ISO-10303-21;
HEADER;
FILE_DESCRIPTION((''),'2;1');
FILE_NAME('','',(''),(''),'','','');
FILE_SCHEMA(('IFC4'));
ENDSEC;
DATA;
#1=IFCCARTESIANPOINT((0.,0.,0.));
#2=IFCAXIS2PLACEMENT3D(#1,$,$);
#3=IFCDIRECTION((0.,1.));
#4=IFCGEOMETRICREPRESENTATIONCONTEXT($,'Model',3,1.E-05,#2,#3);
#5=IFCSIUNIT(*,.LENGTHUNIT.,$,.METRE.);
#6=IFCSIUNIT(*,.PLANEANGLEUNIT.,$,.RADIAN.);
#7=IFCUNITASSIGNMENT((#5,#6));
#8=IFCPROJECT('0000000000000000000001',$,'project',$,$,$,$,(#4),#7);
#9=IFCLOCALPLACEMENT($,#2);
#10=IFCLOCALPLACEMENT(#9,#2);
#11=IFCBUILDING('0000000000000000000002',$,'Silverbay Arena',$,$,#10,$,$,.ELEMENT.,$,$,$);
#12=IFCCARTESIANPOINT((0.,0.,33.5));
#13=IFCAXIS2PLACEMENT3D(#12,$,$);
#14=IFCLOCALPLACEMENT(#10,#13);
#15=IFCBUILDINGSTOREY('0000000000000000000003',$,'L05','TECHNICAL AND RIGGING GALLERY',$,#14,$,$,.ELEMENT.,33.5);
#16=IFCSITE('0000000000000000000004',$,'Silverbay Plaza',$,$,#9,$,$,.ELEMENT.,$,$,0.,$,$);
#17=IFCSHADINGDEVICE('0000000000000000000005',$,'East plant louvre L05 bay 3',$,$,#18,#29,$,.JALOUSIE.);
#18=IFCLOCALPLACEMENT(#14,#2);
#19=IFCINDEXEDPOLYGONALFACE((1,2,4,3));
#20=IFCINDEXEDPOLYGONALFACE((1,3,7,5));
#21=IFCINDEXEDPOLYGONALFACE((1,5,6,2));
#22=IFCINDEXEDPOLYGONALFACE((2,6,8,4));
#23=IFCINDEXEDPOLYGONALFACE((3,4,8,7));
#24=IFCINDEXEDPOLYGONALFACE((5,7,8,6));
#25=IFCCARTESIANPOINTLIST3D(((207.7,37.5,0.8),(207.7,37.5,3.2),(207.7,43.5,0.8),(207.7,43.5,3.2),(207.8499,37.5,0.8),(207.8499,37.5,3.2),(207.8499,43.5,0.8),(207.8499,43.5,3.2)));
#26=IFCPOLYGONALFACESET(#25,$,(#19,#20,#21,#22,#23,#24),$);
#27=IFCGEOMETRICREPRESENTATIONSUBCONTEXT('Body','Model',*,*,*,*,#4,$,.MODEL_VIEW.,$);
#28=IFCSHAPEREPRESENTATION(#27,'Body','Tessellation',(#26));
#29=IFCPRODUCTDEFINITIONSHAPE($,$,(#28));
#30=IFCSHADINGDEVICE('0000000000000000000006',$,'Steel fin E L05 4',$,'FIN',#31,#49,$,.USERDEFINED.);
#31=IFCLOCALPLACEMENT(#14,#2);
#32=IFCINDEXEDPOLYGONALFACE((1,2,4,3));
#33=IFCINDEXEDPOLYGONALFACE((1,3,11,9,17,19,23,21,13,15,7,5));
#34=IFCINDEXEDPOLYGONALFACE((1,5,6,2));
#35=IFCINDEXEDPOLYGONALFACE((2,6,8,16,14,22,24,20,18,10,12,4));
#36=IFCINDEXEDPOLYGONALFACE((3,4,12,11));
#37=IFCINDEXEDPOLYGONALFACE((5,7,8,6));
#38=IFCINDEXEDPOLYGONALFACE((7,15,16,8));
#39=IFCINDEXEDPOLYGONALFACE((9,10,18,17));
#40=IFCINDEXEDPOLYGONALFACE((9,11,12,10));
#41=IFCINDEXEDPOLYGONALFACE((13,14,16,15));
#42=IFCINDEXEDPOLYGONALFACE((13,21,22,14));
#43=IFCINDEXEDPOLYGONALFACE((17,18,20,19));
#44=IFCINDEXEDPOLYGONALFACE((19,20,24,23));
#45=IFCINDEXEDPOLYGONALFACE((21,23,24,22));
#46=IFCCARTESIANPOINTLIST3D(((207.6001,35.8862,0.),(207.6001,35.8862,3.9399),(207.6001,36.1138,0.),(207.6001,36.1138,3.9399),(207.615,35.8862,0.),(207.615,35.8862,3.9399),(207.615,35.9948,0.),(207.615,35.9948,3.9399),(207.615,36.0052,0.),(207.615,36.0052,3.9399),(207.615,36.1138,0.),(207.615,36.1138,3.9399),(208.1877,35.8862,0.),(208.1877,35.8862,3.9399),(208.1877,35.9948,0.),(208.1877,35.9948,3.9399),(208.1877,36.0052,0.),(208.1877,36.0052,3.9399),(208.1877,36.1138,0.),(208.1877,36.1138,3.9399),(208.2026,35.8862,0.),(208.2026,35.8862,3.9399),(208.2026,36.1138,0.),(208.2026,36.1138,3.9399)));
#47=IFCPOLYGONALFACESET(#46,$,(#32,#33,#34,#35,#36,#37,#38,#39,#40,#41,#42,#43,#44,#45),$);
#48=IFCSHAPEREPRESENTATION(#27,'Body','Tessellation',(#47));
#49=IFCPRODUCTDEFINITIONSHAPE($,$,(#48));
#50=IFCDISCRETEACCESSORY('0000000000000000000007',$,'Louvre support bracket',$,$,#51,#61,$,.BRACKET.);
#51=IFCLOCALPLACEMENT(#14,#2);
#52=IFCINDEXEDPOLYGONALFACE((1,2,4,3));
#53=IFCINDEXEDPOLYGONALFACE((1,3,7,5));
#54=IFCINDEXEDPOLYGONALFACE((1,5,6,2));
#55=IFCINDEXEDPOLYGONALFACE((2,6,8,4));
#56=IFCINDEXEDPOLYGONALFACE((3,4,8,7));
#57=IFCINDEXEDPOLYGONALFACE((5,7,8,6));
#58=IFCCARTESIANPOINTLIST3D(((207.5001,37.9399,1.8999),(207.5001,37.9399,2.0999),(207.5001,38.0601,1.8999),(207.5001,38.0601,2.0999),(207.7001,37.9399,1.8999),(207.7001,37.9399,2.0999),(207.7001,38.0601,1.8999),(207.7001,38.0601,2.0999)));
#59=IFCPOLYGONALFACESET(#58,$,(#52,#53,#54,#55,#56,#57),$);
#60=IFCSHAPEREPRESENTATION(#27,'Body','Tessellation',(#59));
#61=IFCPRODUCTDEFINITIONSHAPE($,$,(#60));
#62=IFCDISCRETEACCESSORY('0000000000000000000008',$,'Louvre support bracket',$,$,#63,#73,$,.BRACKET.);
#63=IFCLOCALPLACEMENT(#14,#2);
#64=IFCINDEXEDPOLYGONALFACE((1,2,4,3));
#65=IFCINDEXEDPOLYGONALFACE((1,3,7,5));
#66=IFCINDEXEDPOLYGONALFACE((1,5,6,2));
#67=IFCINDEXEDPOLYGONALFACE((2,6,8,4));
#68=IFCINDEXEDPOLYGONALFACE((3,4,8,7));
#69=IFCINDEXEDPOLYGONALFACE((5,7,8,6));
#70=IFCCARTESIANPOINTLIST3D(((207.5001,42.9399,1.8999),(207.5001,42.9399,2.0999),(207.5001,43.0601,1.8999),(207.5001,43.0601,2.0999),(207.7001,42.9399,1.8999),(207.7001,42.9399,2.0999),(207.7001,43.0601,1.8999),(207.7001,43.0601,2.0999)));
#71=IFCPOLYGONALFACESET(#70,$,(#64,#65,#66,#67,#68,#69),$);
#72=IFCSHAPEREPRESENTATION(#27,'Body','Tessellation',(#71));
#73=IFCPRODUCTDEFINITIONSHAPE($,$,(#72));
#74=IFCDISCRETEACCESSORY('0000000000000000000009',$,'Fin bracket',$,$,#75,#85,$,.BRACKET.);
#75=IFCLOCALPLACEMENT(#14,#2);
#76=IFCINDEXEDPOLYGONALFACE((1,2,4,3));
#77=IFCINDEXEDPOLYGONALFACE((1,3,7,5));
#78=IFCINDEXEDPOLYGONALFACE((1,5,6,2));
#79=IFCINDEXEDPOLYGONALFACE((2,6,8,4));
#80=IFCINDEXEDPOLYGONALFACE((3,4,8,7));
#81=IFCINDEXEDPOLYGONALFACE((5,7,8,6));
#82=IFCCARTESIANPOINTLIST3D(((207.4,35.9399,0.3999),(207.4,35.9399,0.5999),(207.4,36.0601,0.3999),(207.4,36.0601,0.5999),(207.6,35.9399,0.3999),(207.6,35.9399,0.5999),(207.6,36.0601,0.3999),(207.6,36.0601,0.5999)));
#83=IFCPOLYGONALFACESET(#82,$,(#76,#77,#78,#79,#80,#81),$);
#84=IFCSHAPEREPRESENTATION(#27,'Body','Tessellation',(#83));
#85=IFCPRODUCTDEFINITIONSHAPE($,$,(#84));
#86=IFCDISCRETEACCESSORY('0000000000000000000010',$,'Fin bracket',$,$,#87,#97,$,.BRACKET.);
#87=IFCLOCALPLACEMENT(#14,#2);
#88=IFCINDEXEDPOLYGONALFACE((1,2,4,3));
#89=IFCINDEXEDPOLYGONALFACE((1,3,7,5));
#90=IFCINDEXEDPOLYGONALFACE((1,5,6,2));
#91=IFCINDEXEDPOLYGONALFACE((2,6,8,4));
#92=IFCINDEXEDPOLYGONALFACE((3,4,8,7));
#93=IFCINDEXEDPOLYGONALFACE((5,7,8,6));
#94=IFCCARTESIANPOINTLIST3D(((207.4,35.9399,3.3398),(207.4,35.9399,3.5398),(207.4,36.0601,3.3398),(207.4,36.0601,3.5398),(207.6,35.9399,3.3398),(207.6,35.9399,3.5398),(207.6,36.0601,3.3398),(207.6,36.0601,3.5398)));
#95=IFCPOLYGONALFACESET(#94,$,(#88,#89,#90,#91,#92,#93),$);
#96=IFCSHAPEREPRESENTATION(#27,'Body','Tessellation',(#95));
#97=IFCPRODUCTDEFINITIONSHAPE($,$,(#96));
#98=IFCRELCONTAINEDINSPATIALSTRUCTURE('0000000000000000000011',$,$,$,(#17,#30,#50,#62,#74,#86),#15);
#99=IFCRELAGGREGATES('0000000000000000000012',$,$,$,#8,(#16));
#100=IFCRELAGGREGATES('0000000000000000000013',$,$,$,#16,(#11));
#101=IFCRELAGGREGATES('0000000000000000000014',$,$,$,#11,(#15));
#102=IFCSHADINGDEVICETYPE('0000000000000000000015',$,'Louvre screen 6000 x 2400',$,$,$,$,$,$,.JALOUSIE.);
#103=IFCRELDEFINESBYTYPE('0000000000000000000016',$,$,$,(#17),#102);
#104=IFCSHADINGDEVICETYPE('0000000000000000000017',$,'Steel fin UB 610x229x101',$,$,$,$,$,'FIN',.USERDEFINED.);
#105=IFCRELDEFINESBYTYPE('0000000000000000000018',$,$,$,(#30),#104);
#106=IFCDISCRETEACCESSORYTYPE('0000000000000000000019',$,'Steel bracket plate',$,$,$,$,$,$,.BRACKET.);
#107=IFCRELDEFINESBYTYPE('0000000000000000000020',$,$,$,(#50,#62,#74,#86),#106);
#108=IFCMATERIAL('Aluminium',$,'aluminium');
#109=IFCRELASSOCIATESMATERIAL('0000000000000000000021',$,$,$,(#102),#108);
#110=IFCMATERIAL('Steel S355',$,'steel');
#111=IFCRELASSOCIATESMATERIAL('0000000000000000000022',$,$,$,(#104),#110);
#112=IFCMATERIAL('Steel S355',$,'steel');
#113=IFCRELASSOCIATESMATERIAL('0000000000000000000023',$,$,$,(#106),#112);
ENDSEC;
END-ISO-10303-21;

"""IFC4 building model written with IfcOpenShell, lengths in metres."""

from ifc_helpers import new_model, si_unit, direction, frame, origin, origin_2d, place, context, subcontext, project, spatial, rectangle, i_section, extrude, material, material_profile, profile_set, type_object, element, save


model = new_model("IFC4")

# Units and contexts
model_context = context("Model", 3, precision=1e-05, world=origin(), true_north=direction((0.0, 1.0)))
body_context = subcontext(model_context, "Body", "Model", "MODEL_VIEW")
ifc_project = project(units=[si_unit("LENGTHUNIT", "METRE"), si_unit("PLANEANGLEUNIT", "RADIAN")], contexts=[model_context])

# Site, building, storey
site_placement = place(None, origin())
site = spatial("IfcSite", under=ifc_project, at=site_placement, Name="Silverbay Plaza", CompositionType="ELEMENT", RefElevation=0.0)
building_placement = place(site_placement, origin())
building = spatial("IfcBuilding", under=site, at=building_placement, Name="Silverbay Arena", CompositionType="ELEMENT")
storey_placement = place(building_placement, frame((0.0, 0.0, 33.5)))
storey = spatial("IfcBuildingStorey", under=building, at=storey_placement, Name="L05", Description="TECHNICAL AND RIGGING GALLERY", CompositionType="ELEMENT", Elevation=33.5)

# Shading devices
ifc_material_1 = material(Name="Aluminium", Category="aluminium")
shading_device_type_1 = type_object("IfcShadingDeviceType", Name="Louvre screen 6000 x 2400", PredefinedType="JALOUSIE", material=ifc_material_1)
shading_device_1_placement = place(storey_placement, frame((207.7749, 40.5, 0.8), z_axis=(0.0, 0.0, 1.0), x_axis=(0.0, 1.0, 0.0)))
element("IfcShadingDevice", 1, at=shading_device_1_placement, inside=storey, type_object=shading_device_type_1, Name="East plant louvre L05 bay 3", PredefinedType="JALOUSIE", context=body_context, shape_type="SweptSolid", body=[
    extrude(rectangle(XDim=6.0, YDim=0.1499, at=origin_2d()), origin(), (0.0, 0.0, 1.0), 2.3999),
])
ifc_material_2 = material(Name="Steel S355", Category="steel")
ifc_material_profile_1 = material_profile(ifc_material_2, i_section(OverallWidth=0.2275, OverallDepth=0.6025, WebThickness=0.0105, FlangeThickness=0.0149, at=origin_2d()), Name="UB 610x229x101")
ifc_profile_set_1 = profile_set([ifc_material_profile_1], Name="Steel S355")
shading_device_type_2 = type_object("IfcShadingDeviceType", Name="Steel fin UB 610x229x101", ElementType="FIN", PredefinedType="USERDEFINED", material=ifc_profile_set_1)
shading_device_2_placement = place(storey_placement, frame((207.9014, 36.0, 0.0), z_axis=(0.0, 0.0, 1.0), x_axis=(0.0, 1.0, 0.0)))
element("IfcShadingDevice", 2, at=shading_device_2_placement, inside=storey, type_object=shading_device_type_2, Name="Steel fin E L05 4", ObjectType="FIN", PredefinedType="USERDEFINED", context=body_context, shape_type="SweptSolid", body=[
    extrude(i_section(OverallWidth=0.2275, OverallDepth=0.6025, WebThickness=0.0105, FlangeThickness=0.0149, at=origin_2d()), origin(), (0.0, 0.0, 1.0), 3.9399),
])

# Discrete accessories
ifc_material_3 = material(Name="Steel S355", Category="steel")
discrete_accessory_type = type_object("IfcDiscreteAccessoryType", Name="Steel bracket plate", PredefinedType="BRACKET", material=ifc_material_3)
for number, where, z_axis, x_axis, name in (
    (3, (207.6001, 38.0, 1.8999), (0.0, 0.0, 1.0), (0.0, 1.0, 0.0), "Louvre support bracket"),
    (4, (207.6001, 43.0, 1.8999), (0.0, 0.0, 1.0), (0.0, 1.0, 0.0), "Louvre support bracket"),
):
    element("IfcDiscreteAccessory", number, at=place(storey_placement, frame(where, z_axis=z_axis, x_axis=x_axis)), inside=storey, type_object=discrete_accessory_type, Name=name, PredefinedType="BRACKET", context=body_context, shape_type="SweptSolid", body=[
        extrude(rectangle(XDim=0.1201, YDim=0.2, at=origin_2d()), origin(), (0.0, 0.0, 1.0), 0.2),
    ])
for number, where, z_axis, x_axis, name in (
    (5, (207.5, 36.0, 0.3999), (0.0, 0.0, 1.0), (1.0, 0.0, 0.0), "Fin bracket"),
    (6, (207.5, 36.0, 3.3398), (0.0, 0.0, 1.0), (1.0, 0.0, 0.0), "Fin bracket"),
):
    element("IfcDiscreteAccessory", number, at=place(storey_placement, frame(where, z_axis=z_axis, x_axis=x_axis)), inside=storey, type_object=discrete_accessory_type, Name=name, PredefinedType="BRACKET", context=body_context, shape_type="SweptSolid", body=[
        extrude(rectangle(XDim=0.2, YDim=0.1201, at=origin_2d()), origin(), (0.0, 0.0, 1.0), 0.2),
    ])

save(model, "model.ifc")
